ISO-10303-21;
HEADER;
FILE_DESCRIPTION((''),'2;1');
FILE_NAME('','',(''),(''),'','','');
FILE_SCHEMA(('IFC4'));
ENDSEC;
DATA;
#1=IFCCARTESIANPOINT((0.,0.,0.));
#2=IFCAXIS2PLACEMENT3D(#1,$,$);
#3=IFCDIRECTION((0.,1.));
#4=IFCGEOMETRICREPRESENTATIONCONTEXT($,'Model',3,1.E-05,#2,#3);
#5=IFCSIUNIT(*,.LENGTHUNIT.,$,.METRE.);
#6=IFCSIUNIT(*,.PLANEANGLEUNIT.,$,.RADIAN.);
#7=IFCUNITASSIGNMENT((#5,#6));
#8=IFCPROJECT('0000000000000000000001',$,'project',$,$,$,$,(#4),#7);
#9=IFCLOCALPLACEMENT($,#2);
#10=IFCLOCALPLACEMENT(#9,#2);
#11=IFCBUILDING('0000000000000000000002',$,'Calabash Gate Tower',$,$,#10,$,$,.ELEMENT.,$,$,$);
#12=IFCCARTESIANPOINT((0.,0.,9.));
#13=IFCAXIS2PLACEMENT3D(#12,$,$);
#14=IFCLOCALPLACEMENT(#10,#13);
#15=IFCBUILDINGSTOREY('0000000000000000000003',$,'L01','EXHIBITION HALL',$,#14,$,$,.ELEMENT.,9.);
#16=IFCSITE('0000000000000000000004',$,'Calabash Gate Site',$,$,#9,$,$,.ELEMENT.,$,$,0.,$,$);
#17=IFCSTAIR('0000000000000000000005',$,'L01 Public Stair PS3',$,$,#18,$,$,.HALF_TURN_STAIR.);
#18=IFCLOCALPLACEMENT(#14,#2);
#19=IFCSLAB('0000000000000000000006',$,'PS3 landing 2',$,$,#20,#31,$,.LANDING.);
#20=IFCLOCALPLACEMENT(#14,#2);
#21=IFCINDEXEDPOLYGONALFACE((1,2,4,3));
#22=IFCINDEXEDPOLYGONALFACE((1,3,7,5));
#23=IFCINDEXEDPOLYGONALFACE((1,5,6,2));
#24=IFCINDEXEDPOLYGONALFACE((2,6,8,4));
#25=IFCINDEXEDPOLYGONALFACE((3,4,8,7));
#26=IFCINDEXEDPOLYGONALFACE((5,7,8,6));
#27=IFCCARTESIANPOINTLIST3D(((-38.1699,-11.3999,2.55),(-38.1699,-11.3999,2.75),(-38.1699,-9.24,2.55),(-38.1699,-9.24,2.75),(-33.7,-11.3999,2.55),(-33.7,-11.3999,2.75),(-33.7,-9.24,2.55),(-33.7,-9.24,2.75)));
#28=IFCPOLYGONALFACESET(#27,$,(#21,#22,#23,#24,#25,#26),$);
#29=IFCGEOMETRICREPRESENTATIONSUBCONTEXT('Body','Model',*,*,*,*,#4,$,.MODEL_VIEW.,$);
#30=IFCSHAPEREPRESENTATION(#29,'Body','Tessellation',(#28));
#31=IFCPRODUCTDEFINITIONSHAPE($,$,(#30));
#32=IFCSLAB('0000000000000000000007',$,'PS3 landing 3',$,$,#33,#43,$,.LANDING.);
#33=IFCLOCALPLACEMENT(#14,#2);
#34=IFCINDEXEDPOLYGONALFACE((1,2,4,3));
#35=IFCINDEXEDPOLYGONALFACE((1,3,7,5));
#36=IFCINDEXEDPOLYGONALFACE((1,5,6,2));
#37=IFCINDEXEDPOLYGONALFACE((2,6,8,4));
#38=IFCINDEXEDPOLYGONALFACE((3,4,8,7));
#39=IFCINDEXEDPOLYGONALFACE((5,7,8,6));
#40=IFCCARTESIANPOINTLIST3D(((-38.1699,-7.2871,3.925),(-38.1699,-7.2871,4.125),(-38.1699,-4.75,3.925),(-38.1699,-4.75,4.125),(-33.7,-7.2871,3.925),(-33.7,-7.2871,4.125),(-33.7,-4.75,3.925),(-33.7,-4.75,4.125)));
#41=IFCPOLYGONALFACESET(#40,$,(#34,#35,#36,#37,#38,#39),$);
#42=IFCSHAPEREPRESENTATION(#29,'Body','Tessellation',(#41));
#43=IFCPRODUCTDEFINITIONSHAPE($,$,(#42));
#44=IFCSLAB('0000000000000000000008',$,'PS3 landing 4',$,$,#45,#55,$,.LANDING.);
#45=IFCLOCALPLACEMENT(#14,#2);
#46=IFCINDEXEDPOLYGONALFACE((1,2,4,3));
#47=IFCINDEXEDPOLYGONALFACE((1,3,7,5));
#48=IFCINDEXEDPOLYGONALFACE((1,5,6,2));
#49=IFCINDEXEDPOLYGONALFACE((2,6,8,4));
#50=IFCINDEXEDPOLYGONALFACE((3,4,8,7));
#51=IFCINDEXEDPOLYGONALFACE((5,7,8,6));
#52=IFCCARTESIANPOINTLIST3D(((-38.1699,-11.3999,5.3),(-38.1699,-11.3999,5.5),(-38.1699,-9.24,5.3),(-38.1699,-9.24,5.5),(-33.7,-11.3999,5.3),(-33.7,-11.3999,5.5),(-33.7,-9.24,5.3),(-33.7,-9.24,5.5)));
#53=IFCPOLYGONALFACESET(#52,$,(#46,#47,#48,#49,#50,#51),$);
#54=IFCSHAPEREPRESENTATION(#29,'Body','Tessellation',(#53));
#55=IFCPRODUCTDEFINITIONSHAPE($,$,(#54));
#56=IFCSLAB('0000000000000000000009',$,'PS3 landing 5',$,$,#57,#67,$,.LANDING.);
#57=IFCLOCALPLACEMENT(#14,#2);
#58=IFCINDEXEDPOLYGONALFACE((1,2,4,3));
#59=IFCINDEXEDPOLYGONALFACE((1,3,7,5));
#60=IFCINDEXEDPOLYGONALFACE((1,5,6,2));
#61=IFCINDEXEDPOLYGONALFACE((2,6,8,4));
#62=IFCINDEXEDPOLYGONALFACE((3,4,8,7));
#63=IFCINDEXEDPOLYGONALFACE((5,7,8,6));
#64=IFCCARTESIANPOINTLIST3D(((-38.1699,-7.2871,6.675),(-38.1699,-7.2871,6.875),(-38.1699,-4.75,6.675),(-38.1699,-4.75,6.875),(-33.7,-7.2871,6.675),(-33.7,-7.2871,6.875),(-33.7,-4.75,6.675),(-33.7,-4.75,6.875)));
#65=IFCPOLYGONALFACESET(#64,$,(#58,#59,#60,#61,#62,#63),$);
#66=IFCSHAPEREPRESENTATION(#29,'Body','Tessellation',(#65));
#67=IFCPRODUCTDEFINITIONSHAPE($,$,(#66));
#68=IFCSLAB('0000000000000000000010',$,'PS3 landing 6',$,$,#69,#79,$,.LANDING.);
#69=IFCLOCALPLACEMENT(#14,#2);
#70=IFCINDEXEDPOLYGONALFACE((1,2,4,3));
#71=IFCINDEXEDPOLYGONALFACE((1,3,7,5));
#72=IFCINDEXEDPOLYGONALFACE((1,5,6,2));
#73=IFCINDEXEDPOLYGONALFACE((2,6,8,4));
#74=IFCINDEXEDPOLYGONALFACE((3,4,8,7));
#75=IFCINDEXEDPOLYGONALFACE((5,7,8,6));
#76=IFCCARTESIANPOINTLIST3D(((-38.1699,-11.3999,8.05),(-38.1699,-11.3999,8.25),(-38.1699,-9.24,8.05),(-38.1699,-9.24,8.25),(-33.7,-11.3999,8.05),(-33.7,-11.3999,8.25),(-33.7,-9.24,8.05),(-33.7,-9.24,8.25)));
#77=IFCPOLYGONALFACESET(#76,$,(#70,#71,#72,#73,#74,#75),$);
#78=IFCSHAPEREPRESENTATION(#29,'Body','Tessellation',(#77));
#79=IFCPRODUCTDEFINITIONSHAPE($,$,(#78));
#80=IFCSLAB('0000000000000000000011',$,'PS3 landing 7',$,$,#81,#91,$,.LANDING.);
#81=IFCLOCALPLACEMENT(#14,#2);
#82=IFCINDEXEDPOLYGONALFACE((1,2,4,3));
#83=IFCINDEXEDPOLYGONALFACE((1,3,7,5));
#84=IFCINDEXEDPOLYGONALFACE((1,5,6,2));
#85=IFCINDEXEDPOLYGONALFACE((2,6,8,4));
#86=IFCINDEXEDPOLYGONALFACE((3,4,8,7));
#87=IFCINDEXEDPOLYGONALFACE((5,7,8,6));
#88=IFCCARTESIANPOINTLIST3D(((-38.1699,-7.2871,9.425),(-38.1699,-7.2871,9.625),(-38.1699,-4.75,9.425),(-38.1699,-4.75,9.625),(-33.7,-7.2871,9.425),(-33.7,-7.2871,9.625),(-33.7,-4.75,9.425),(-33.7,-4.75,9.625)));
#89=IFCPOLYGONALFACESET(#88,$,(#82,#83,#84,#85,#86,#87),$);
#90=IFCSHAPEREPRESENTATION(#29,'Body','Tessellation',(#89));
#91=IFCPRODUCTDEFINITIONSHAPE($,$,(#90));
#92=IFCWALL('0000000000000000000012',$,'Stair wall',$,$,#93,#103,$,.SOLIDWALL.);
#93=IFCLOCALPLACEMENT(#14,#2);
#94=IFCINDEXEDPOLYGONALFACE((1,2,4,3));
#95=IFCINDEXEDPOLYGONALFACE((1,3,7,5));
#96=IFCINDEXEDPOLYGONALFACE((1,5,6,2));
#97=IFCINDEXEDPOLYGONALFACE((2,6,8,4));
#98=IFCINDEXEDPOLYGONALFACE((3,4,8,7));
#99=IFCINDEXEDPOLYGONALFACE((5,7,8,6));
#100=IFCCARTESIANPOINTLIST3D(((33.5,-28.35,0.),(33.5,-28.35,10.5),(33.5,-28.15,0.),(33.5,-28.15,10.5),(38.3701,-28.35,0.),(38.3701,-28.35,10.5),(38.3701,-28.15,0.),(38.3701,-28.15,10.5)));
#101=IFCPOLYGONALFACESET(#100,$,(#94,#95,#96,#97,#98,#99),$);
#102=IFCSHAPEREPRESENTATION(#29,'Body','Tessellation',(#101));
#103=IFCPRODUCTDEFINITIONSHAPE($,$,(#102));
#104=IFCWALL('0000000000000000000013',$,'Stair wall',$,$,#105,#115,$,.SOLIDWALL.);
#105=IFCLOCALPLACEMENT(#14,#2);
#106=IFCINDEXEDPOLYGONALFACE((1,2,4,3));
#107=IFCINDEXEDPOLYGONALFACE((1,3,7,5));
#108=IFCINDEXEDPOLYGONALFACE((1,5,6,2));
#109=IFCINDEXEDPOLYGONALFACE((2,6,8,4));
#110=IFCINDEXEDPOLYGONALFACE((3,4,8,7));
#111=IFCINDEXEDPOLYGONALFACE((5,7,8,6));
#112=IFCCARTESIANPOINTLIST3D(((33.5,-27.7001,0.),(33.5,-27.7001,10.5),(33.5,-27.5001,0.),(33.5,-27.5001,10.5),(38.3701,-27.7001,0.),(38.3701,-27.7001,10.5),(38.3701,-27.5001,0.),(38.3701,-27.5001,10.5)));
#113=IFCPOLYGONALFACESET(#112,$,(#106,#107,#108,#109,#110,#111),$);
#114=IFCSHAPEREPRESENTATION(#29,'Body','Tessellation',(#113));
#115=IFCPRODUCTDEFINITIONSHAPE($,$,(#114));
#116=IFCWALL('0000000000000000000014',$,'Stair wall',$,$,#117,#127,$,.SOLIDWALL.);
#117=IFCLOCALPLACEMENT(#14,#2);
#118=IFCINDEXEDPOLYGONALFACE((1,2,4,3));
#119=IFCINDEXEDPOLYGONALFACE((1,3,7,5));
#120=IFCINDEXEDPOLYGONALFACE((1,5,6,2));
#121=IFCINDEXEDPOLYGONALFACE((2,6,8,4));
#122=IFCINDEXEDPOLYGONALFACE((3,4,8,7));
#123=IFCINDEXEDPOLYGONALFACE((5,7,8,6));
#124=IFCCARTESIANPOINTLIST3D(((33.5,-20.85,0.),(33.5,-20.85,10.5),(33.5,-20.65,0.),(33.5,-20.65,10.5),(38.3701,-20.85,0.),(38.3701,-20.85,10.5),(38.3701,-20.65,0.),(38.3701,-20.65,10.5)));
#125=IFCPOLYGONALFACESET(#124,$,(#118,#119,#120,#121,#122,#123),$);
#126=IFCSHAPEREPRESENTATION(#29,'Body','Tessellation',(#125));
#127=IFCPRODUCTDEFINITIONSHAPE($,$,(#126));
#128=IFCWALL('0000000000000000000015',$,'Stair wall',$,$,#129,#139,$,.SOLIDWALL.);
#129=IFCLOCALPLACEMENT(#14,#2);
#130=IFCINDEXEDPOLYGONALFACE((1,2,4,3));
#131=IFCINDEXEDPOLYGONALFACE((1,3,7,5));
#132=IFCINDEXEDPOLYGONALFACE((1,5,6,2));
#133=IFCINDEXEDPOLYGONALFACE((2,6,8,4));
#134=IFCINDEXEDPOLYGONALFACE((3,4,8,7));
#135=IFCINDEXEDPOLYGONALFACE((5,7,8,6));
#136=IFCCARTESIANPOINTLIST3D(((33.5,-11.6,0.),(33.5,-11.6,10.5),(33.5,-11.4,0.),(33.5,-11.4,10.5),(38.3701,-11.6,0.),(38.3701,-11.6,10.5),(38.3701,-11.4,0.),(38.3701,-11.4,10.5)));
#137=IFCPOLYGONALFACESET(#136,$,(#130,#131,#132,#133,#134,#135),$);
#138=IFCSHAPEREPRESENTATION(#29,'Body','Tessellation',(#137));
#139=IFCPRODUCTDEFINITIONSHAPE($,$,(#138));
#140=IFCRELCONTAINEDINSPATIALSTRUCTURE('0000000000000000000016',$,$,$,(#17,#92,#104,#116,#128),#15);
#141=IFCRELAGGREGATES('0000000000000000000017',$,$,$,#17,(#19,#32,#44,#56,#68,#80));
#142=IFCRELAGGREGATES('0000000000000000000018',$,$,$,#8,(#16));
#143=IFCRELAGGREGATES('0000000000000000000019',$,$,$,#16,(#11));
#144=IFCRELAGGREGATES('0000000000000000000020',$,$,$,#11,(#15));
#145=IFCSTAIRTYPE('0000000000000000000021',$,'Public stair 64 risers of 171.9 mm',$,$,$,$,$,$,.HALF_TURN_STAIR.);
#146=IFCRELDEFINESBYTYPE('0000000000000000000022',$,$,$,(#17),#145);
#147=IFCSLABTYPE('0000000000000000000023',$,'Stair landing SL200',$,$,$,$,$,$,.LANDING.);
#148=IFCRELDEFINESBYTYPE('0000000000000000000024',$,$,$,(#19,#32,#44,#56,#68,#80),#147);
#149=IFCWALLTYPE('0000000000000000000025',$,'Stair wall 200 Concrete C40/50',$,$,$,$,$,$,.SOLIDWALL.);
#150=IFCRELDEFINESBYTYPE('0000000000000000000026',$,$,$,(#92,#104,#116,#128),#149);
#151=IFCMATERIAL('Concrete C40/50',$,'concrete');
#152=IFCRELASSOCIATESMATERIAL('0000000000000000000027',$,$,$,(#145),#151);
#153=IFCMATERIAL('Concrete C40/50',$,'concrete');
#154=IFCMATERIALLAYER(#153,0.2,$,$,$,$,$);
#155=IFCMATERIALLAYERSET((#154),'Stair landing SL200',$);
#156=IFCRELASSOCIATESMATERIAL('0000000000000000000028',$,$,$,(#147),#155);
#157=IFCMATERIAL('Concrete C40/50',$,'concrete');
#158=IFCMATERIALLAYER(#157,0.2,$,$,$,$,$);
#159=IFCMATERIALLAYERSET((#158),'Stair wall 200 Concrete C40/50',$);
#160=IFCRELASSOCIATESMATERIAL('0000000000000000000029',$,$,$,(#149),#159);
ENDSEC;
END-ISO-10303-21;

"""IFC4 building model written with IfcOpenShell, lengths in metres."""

from ifc_helpers import new_model, si_unit, direction, frame, frame_2d, origin, place, context, subcontext, project, spatial, polyline, rectangle, outline, extrude, material, layer, layer_set, type_object, element, aggregate, save


model = new_model("IFC4")

# Units and contexts
model_context = context("Model", 3, precision=1e-05, world=origin(), true_north=direction((0.0, 1.0)))
body_context = subcontext(model_context, "Body", "Model", "MODEL_VIEW")
ifc_project = project(units=[si_unit("LENGTHUNIT", "METRE"), si_unit("PLANEANGLEUNIT", "RADIAN")], contexts=[model_context])

# Site, building, storey
site_placement = place(None, origin())
site = spatial("IfcSite", under=ifc_project, at=site_placement, Name="Calabash Gate Site", CompositionType="ELEMENT", RefElevation=0.0)
building_placement = place(site_placement, origin())
building = spatial("IfcBuilding", under=site, at=building_placement, Name="Calabash Gate Tower", CompositionType="ELEMENT")
storey_placement = place(building_placement, frame((0.0, 0.0, 9.0)))
storey = spatial("IfcBuildingStorey", under=building, at=storey_placement, Name="L01", Description="EXHIBITION HALL", CompositionType="ELEMENT", Elevation=9.0)

# Shared definitions
ifc_material_1 = material(Name="Concrete C40/50", Category="concrete")
stair_type = type_object("IfcStairType", Name="Public stair 64 risers of 171.9 mm", PredefinedType="HALF_TURN_STAIR", material=ifc_material_1)
ifc_material_2 = material(Name="Concrete C40/50", Category="concrete")
ifc_layer_1 = layer(ifc_material_2, 0.2)
ifc_layer_set_1 = layer_set([ifc_layer_1], Name="Stair landing SL200")
slab_type = type_object("IfcSlabType", Name="Stair landing SL200", PredefinedType="LANDING", material=ifc_layer_set_1)

# Stair, slabs
stair_1_placement = place(storey_placement, origin())
stair_1 = element("IfcStair", 1, at=stair_1_placement, inside=storey, type_object=stair_type, Name="L01 Public Stair PS3", PredefinedType="HALF_TURN_STAIR")
slab_1_placement = place(storey_placement, frame((0.0, 0.0, 2.55)))
slab_1 = element("IfcSlab", 2, at=slab_1_placement, type_object=slab_type, Name="PS3 landing 2", PredefinedType="LANDING", context=body_context, shape_type="SweptSolid", body=[
    extrude(outline(polyline([(-33.7, -11.3999), (-33.7, -9.24), (-38.1699, -9.24), (-38.1699, -11.3999), (-33.7, -11.3999)])), origin(), (0.0, 0.0, 1.0), 0.2),
])
slab_2_placement = place(storey_placement, frame((0.0, 0.0, 3.925)))
slab_2 = element("IfcSlab", 3, at=slab_2_placement, type_object=slab_type, Name="PS3 landing 3", PredefinedType="LANDING", context=body_context, shape_type="SweptSolid", body=[
    extrude(outline(polyline([(-33.7, -7.2871), (-33.7, -4.75), (-38.1699, -4.75), (-38.1699, -7.2871), (-33.7, -7.2871)])), origin(), (0.0, 0.0, 1.0), 0.2),
])
slab_3_placement = place(storey_placement, frame((0.0, 0.0, 5.3)))
slab_3 = element("IfcSlab", 4, at=slab_3_placement, type_object=slab_type, Name="PS3 landing 4", PredefinedType="LANDING", context=body_context, shape_type="SweptSolid", body=[
    extrude(outline(polyline([(-33.7, -11.3999), (-33.7, -9.24), (-38.1699, -9.24), (-38.1699, -11.3999), (-33.7, -11.3999)])), origin(), (0.0, 0.0, 1.0), 0.2),
])
slab_4_placement = place(storey_placement, frame((0.0, 0.0, 6.675)))
slab_4 = element("IfcSlab", 5, at=slab_4_placement, type_object=slab_type, Name="PS3 landing 5", PredefinedType="LANDING", context=body_context, shape_type="SweptSolid", body=[
    extrude(outline(polyline([(-33.7, -7.2871), (-33.7, -4.75), (-38.1699, -4.75), (-38.1699, -7.2871), (-33.7, -7.2871)])), origin(), (0.0, 0.0, 1.0), 0.2),
])
slab_5_placement = place(storey_placement, frame((0.0, 0.0, 8.05)))
slab_5 = element("IfcSlab", 6, at=slab_5_placement, type_object=slab_type, Name="PS3 landing 6", PredefinedType="LANDING", context=body_context, shape_type="SweptSolid", body=[
    extrude(outline(polyline([(-33.7, -11.3999), (-33.7, -9.24), (-38.1699, -9.24), (-38.1699, -11.3999), (-33.7, -11.3999)])), origin(), (0.0, 0.0, 1.0), 0.2),
])
slab_6_placement = place(storey_placement, frame((0.0, 0.0, 9.425)))
slab_6 = element("IfcSlab", 7, at=slab_6_placement, type_object=slab_type, Name="PS3 landing 7", PredefinedType="LANDING", context=body_context, shape_type="SweptSolid", body=[
    extrude(outline(polyline([(-33.7, -7.2871), (-33.7, -4.75), (-38.1699, -4.75), (-38.1699, -7.2871), (-33.7, -7.2871)])), origin(), (0.0, 0.0, 1.0), 0.2),
])
aggregate(stair_1, [slab_1, slab_2, slab_3, slab_4, slab_5, slab_6])

# Walls
ifc_material_3 = material(Name="Concrete C40/50", Category="concrete")
ifc_layer_2 = layer(ifc_material_3, 0.2)
ifc_layer_set_2 = layer_set([ifc_layer_2], Name="Stair wall 200 Concrete C40/50")
wall_type = type_object("IfcWallType", Name="Stair wall 200 Concrete C40/50", PredefinedType="SOLIDWALL", material=ifc_layer_set_2)
for number, where, z_axis, x_axis, name in (
    (8, (33.5, -28.25, 0.0), (0.0, 0.0, 1.0), (1.0, 0.0, 0.0), "Stair wall"),
    (9, (33.5, -27.6001, 0.0), (0.0, 0.0, 1.0), (1.0, 0.0, 0.0), "Stair wall"),
    (10, (33.5, -20.75, 0.0), (0.0, 0.0, 1.0), (1.0, 0.0, 0.0), "Stair wall"),
    (11, (33.5, -11.5, 0.0), (0.0, 0.0, 1.0), (1.0, 0.0, 0.0), "Stair wall"),
):
    element("IfcWall", number, at=place(storey_placement, frame(where, z_axis=z_axis, x_axis=x_axis)), inside=storey, type_object=wall_type, Name=name, PredefinedType="SOLIDWALL", context=body_context, shape_type="SweptSolid", body=[
        extrude(rectangle(XDim=4.8701, YDim=0.2, at=frame_2d((2.4351, 0.0))), origin(), (0.0, 0.0, 1.0), 10.5),
    ])

save(model, "model.ifc")
